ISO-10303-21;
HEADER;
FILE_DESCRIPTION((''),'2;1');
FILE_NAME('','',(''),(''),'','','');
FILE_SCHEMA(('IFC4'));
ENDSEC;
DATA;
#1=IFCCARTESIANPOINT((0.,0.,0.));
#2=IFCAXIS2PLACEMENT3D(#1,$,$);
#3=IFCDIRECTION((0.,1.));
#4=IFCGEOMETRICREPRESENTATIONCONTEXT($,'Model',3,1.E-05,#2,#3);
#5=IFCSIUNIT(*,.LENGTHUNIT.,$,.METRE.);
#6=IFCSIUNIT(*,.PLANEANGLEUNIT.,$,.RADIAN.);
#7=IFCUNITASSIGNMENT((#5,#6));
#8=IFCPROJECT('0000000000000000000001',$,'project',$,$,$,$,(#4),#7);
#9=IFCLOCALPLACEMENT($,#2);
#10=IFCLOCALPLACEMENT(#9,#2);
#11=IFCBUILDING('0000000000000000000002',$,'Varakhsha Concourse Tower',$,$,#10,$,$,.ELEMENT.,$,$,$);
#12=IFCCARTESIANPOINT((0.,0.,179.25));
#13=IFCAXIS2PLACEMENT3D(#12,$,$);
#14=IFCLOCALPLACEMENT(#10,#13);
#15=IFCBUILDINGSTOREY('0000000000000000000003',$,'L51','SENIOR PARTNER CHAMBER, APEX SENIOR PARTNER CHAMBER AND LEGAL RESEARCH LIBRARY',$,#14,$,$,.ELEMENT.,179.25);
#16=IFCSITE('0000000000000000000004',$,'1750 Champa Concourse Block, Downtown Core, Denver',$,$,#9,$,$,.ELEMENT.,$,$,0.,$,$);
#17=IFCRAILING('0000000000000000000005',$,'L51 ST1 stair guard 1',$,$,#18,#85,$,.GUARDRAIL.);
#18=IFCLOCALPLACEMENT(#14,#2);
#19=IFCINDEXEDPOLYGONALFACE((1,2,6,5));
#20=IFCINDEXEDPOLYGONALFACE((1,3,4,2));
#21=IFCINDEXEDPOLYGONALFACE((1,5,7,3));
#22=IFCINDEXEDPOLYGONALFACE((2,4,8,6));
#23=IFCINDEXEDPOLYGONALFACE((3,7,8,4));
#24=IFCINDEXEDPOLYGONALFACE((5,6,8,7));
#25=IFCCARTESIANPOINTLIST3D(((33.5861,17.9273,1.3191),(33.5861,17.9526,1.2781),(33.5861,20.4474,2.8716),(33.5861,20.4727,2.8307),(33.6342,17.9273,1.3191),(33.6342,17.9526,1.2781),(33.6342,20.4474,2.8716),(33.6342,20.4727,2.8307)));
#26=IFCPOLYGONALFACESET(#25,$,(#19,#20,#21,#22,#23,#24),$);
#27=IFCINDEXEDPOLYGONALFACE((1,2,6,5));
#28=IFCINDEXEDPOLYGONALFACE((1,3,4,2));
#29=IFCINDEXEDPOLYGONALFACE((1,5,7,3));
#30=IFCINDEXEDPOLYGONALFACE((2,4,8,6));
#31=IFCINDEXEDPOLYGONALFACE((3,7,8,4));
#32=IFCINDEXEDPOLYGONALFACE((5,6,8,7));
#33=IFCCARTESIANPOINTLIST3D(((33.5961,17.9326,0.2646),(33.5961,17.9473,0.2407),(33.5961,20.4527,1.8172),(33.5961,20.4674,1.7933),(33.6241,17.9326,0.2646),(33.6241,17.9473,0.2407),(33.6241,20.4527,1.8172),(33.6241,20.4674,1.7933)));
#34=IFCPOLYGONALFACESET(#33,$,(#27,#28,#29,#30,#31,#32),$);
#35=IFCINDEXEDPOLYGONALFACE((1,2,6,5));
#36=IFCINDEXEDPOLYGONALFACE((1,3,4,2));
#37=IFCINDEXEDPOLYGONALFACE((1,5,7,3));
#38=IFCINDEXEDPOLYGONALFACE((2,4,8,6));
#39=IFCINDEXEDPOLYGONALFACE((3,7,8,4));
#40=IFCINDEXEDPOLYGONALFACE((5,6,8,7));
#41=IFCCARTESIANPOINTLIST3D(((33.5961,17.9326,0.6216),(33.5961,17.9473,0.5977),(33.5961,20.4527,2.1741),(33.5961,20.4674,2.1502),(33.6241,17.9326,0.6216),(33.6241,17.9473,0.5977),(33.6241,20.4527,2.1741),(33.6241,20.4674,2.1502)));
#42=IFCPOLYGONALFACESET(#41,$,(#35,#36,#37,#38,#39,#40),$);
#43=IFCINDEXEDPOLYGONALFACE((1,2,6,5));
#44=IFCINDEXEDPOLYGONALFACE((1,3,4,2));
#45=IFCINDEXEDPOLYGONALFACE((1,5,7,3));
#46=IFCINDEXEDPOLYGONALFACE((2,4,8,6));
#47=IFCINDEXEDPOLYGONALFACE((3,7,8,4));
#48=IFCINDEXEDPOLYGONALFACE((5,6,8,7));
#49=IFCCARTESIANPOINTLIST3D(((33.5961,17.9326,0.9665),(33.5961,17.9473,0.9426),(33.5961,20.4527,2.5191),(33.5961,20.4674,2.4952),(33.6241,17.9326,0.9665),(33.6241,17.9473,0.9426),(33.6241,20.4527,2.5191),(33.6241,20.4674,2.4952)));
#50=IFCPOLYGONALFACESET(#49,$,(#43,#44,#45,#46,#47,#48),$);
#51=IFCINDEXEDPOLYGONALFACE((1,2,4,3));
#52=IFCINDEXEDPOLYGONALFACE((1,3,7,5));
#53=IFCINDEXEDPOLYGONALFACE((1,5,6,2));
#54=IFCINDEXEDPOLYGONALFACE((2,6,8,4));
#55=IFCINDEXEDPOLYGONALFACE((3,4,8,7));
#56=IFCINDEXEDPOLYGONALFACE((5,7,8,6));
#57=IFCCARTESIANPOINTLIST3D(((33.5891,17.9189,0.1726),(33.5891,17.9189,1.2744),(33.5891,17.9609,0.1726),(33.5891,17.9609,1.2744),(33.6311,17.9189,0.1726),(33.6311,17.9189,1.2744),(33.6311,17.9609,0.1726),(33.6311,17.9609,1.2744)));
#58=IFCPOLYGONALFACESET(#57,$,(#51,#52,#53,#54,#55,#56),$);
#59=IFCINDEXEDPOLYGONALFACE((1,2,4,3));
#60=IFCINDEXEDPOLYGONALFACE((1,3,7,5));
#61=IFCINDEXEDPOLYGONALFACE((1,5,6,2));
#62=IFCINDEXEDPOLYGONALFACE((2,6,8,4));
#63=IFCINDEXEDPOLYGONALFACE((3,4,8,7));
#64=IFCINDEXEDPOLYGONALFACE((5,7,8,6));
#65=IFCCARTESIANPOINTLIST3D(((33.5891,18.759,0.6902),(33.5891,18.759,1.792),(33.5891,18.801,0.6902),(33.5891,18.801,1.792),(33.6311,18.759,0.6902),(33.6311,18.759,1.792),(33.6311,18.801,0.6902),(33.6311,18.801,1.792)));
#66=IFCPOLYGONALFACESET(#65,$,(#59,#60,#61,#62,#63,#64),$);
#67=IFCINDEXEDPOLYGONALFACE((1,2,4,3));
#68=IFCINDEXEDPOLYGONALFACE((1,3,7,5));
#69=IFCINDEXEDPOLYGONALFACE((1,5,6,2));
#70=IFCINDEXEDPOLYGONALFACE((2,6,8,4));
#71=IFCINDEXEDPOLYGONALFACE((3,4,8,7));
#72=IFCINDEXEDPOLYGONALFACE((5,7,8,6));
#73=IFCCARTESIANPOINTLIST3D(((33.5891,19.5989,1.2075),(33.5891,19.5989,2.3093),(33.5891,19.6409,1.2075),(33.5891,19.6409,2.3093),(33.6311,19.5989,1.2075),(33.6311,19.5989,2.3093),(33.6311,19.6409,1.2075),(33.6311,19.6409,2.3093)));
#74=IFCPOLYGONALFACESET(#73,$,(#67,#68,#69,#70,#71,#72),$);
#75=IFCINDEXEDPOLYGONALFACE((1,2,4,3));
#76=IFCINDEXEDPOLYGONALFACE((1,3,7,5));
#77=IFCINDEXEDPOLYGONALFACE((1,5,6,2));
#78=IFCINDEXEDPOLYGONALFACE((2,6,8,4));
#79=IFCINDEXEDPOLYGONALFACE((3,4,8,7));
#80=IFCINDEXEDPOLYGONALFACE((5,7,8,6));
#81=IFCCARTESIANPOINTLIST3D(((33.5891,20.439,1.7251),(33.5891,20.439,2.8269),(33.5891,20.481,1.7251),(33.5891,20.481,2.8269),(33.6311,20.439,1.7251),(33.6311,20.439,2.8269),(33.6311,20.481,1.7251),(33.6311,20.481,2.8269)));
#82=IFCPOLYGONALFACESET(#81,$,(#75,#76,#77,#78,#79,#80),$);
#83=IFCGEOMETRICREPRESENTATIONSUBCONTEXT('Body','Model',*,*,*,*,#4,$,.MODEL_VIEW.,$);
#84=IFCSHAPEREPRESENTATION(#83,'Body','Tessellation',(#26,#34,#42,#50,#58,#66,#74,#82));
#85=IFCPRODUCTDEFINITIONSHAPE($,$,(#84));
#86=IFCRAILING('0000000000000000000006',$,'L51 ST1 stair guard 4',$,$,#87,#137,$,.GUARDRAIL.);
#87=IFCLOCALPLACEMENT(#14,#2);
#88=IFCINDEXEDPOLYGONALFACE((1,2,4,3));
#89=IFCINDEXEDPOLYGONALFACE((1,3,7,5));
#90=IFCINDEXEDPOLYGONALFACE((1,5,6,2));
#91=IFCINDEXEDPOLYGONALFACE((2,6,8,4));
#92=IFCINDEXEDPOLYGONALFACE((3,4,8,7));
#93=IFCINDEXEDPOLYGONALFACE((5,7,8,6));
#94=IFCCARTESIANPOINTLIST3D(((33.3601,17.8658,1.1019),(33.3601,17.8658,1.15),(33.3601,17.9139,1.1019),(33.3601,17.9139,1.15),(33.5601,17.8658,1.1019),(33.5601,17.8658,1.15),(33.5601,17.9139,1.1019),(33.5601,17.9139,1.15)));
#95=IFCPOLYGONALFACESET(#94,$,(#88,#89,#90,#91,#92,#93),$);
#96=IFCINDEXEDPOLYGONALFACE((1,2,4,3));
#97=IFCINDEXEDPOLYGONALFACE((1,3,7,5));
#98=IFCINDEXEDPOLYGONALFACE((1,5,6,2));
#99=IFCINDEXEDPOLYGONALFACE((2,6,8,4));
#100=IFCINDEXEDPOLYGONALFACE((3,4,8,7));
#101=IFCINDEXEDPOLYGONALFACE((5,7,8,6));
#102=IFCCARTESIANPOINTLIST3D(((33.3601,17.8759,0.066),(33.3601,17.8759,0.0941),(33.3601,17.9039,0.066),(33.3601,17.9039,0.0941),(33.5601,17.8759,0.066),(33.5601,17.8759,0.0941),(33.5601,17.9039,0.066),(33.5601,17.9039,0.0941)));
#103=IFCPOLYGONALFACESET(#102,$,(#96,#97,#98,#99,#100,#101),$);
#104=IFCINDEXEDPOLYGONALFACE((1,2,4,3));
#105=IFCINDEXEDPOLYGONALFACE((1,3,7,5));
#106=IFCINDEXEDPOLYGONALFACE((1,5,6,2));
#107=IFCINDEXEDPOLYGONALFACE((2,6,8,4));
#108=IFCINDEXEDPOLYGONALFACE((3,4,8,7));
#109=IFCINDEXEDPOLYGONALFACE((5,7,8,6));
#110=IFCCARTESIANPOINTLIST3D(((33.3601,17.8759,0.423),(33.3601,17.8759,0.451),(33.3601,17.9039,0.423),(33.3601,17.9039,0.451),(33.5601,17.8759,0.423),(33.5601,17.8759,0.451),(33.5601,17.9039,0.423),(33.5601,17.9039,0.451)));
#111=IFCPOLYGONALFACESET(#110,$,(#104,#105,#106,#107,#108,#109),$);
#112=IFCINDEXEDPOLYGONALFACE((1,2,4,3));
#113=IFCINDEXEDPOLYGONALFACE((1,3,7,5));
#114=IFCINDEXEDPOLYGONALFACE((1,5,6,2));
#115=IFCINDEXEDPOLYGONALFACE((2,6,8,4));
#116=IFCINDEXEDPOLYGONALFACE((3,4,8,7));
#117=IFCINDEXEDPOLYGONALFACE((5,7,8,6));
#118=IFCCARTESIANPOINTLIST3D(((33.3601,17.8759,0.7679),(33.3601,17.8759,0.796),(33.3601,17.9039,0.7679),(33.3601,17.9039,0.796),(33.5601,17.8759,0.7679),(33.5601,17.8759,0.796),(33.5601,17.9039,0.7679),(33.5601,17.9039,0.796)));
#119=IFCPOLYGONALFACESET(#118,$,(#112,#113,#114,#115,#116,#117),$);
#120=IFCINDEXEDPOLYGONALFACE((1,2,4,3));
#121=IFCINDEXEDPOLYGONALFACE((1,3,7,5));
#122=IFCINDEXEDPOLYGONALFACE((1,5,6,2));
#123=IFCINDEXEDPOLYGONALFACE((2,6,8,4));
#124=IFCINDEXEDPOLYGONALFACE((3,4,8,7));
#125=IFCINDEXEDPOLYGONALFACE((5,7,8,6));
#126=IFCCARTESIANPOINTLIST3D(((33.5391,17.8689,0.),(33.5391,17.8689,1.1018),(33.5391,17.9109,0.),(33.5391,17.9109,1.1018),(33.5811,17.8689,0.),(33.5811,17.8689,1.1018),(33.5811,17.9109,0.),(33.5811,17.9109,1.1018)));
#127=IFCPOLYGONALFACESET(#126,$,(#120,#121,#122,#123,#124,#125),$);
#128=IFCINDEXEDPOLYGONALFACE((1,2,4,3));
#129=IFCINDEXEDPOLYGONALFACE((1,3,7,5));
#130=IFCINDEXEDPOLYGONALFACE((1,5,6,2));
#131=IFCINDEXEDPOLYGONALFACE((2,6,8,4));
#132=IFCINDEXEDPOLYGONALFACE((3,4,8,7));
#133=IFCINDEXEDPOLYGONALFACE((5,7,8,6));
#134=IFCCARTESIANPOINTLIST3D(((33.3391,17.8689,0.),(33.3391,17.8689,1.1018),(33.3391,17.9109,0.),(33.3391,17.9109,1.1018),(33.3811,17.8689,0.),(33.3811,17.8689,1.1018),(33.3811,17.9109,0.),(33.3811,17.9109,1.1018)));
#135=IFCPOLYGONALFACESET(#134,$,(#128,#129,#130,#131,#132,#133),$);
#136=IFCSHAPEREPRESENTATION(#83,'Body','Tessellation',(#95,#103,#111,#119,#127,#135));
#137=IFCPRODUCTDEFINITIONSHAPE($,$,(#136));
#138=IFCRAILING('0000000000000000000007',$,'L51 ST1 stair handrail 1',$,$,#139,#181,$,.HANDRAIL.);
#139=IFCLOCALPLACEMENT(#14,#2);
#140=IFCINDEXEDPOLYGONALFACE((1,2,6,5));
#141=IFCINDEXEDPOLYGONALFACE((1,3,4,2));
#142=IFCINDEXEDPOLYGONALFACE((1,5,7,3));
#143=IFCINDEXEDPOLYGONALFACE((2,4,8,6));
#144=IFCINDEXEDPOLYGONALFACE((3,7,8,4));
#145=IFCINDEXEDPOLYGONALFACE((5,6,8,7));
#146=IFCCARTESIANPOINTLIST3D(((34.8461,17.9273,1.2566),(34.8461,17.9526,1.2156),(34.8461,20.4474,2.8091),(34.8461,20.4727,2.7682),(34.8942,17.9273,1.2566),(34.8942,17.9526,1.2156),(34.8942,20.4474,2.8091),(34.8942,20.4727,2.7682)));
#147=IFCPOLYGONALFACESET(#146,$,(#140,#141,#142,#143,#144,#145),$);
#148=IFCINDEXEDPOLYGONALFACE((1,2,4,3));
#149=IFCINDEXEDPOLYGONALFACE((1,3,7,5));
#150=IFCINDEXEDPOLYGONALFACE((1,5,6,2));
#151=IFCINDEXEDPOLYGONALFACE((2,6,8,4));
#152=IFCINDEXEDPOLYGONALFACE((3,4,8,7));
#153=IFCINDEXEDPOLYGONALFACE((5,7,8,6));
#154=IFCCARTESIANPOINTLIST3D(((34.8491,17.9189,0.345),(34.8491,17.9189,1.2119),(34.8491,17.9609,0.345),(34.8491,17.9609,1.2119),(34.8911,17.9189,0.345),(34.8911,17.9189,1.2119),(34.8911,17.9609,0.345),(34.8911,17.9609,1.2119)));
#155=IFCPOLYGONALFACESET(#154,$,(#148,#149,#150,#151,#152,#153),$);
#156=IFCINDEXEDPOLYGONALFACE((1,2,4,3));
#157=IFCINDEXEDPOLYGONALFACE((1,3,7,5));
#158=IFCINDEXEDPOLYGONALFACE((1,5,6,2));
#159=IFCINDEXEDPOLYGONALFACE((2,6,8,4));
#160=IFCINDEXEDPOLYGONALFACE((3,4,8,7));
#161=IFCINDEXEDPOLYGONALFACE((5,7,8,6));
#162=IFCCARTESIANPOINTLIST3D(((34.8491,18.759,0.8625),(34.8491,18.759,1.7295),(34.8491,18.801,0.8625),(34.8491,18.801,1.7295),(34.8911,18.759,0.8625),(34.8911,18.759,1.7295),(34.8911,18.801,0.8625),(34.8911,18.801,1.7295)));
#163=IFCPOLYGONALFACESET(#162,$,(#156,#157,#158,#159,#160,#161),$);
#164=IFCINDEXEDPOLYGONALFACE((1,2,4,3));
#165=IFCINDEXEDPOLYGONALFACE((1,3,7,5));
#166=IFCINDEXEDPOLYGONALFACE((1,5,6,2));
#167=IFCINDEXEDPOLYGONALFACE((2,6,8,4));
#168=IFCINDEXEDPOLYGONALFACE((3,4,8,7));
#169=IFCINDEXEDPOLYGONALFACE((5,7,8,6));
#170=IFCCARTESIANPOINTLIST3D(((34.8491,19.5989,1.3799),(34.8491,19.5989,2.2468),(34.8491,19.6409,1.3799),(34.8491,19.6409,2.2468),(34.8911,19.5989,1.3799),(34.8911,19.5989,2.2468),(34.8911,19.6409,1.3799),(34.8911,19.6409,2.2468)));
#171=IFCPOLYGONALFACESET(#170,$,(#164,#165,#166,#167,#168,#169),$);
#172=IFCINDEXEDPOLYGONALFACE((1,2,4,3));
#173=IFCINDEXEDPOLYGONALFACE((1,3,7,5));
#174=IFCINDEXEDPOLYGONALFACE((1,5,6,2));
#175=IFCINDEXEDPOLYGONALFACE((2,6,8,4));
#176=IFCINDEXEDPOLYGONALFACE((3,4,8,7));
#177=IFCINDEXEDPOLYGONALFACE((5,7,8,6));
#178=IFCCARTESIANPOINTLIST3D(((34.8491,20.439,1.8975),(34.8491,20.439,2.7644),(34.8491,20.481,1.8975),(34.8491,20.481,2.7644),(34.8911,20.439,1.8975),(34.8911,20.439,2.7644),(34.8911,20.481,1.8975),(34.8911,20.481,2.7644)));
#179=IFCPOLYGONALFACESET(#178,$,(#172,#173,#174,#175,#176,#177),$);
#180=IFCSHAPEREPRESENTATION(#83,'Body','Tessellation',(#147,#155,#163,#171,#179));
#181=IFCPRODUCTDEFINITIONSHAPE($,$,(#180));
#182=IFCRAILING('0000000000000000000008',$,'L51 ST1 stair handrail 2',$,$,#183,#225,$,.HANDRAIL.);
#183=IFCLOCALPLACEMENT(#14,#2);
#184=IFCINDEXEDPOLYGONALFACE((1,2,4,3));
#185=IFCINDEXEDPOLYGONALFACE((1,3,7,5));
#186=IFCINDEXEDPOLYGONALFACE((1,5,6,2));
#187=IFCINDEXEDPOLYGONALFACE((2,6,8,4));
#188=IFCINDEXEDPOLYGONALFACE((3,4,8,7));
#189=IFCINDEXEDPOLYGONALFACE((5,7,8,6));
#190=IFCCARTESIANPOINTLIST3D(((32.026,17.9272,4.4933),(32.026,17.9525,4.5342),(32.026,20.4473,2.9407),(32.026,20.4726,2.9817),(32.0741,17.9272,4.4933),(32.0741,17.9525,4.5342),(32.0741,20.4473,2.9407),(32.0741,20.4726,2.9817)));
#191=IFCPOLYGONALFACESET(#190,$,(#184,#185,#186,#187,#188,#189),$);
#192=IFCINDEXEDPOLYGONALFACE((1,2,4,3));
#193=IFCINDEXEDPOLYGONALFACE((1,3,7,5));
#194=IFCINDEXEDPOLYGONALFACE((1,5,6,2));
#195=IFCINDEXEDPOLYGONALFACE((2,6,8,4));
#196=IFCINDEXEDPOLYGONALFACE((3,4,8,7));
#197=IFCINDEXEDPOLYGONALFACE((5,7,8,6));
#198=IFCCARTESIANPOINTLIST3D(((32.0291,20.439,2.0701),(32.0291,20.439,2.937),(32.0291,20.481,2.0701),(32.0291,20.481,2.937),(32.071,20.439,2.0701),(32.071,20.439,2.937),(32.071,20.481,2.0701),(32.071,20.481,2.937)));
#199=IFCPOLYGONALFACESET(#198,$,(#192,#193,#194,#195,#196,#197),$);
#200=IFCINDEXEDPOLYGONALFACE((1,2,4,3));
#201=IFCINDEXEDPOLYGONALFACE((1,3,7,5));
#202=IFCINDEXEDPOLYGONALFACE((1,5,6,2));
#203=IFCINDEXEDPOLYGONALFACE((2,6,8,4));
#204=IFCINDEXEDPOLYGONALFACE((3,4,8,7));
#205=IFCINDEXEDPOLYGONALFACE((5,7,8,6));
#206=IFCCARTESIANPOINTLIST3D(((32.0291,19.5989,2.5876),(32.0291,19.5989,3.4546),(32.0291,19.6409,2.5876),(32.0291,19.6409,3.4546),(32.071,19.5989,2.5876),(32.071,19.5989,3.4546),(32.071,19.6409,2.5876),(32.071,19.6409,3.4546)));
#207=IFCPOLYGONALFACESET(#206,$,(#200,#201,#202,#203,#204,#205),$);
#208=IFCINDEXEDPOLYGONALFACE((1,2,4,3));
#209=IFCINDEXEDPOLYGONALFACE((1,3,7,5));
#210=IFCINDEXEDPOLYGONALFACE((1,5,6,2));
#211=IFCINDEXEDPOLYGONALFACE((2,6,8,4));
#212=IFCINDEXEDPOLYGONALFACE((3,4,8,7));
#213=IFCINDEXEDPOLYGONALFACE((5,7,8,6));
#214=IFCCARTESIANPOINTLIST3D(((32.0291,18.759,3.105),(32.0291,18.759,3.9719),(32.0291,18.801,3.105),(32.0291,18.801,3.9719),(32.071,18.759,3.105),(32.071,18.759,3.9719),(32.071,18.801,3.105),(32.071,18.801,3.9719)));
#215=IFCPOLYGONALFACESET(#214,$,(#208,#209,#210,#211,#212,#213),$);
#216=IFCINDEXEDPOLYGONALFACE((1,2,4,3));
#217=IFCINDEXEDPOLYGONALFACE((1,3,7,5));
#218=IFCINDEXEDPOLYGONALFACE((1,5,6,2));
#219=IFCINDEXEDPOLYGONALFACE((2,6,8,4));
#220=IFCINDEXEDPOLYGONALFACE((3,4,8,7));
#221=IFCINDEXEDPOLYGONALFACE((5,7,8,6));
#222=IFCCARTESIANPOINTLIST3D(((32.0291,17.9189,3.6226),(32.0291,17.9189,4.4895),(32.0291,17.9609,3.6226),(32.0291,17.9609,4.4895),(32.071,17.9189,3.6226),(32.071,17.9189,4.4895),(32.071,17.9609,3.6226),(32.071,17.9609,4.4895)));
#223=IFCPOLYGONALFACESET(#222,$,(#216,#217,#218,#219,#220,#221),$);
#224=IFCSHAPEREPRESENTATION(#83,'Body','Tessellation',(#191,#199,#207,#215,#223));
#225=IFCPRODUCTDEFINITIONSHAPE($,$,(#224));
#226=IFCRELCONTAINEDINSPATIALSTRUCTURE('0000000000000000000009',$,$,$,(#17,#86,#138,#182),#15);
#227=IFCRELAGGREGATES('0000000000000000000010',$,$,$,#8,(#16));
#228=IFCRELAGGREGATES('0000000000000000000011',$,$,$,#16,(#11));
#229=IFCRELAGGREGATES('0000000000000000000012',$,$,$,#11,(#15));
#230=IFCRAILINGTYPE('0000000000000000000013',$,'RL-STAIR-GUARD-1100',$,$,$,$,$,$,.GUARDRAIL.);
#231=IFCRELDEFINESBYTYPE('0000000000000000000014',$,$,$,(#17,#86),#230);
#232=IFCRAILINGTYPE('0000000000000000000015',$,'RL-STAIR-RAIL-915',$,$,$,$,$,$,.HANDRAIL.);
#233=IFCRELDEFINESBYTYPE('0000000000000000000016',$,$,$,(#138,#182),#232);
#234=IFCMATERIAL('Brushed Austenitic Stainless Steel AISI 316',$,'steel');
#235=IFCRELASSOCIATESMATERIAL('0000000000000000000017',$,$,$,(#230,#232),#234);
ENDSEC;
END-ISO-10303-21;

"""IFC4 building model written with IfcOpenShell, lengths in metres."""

from ifc_helpers import new_model, si_unit, direction, frame, origin, origin_2d, place, context, subcontext, project, spatial, rectangle, extrude, material, type_object, element, save


model = new_model("IFC4")

# Units and contexts
model_context = context("Model", 3, precision=1e-05, world=origin(), true_north=direction((0.0, 1.0)))
body_context = subcontext(model_context, "Body", "Model", "MODEL_VIEW")
ifc_project = project(units=[si_unit("LENGTHUNIT", "METRE"), si_unit("PLANEANGLEUNIT", "RADIAN")], contexts=[model_context])

# Site, building, storey
site_placement = place(None, origin())
site = spatial("IfcSite", under=ifc_project, at=site_placement, Name="1750 Champa Concourse Block, Downtown Core, Denver", CompositionType="ELEMENT", RefElevation=0.0)
building_placement = place(site_placement, origin())
building = spatial("IfcBuilding", under=site, at=building_placement, Name="Varakhsha Concourse Tower", CompositionType="ELEMENT")
storey_placement = place(building_placement, frame((0.0, 0.0, 179.25)))
storey = spatial("IfcBuildingStorey", under=building, at=storey_placement, Name="L51", Description="SENIOR PARTNER CHAMBER, APEX SENIOR PARTNER CHAMBER AND LEGAL RESEARCH LIBRARY", CompositionType="ELEMENT", Elevation=179.25)

# Railings
ifc_material_1 = material(Name="Brushed Austenitic Stainless Steel AISI 316", Category="steel")
railing_type_1 = type_object("IfcRailingType", Name="RL-STAIR-GUARD-1100", PredefinedType="GUARDRAIL", material=ifc_material_1)
railing_1_placement = place(storey_placement, frame((33.6101, 17.9399, 0.1726)))
element("IfcRailing", 1, at=railing_1_placement, inside=storey, type_object=railing_type_1, Name="L51 ST1 stair guard 1", PredefinedType="GUARDRAIL", context=body_context, shape_type="SweptSolid", body=[
    extrude(rectangle(XDim=0.0481, YDim=0.0481, at=origin_2d()), frame((0.0, 0.0, 1.126), z_axis=(0.0, 0.8514, 0.524516), x_axis=(-1.0, 0.0, 0.0)), (0.0, 0.0, 1.0), 2.96),
    extrude(rectangle(XDim=0.0281, YDim=0.0281, at=origin_2d()), frame((0.0, 0.0, 0.0801), z_axis=(0.0, 0.8514, 0.524516), x_axis=(-1.0, 0.0, 0.0)), (0.0, 0.0, 1.0), 2.96),
    extrude(rectangle(XDim=0.0281, YDim=0.0281, at=origin_2d()), frame((0.0, 0.0, 0.437), z_axis=(0.0, 0.8514, 0.524516), x_axis=(-1.0, 0.0, 0.0)), (0.0, 0.0, 1.0), 2.96),
    extrude(rectangle(XDim=0.0281, YDim=0.0281, at=origin_2d()), frame((0.0, 0.0, 0.782), z_axis=(0.0, 0.8514, 0.524516), x_axis=(-1.0, 0.0, 0.0)), (0.0, 0.0, 1.0), 2.96),
    extrude(rectangle(XDim=0.042, YDim=0.042, at=origin_2d()), origin(), (0.0, 0.0, 1.0), 1.1018),
    extrude(rectangle(XDim=0.042, YDim=0.042, at=origin_2d()), frame((0.0, 0.8401, 0.5176)), (0.0, 0.0, 1.0), 1.1018),
    extrude(rectangle(XDim=0.042, YDim=0.042, at=origin_2d()), frame((0.0, 1.6799, 1.0349)), (0.0, 0.0, 1.0), 1.1018),
    extrude(rectangle(XDim=0.042, YDim=0.042, at=origin_2d()), frame((0.0, 2.52, 1.5525)), (0.0, 0.0, 1.0), 1.1018),
])
railing_2_placement = place(storey_placement, frame((33.5601, 17.8899, 0.0)))
element("IfcRailing", 2, at=railing_2_placement, inside=storey, type_object=railing_type_1, Name="L51 ST1 stair guard 4", PredefinedType="GUARDRAIL", context=body_context, shape_type="SweptSolid", body=[
    extrude(rectangle(XDim=0.0481, YDim=0.0481, at=origin_2d()), frame((0.0, 0.0, 1.126), z_axis=(-1.0, 0.0, 0.0), x_axis=(0.0, -1.0, 0.0)), (0.0, 0.0, 1.0), 0.2),
    extrude(rectangle(XDim=0.0281, YDim=0.0281, at=origin_2d()), frame((0.0, 0.0, 0.0801), z_axis=(-1.0, 0.0, 0.0), x_axis=(0.0, -1.0, 0.0)), (0.0, 0.0, 1.0), 0.2),
    extrude(rectangle(XDim=0.0281, YDim=0.0281, at=origin_2d()), frame((0.0, 0.0, 0.437), z_axis=(-1.0, 0.0, 0.0), x_axis=(0.0, -1.0, 0.0)), (0.0, 0.0, 1.0), 0.2),
    extrude(rectangle(XDim=0.0281, YDim=0.0281, at=origin_2d()), frame((0.0, 0.0, 0.782), z_axis=(-1.0, 0.0, 0.0), x_axis=(0.0, -1.0, 0.0)), (0.0, 0.0, 1.0), 0.2),
    extrude(rectangle(XDim=0.042, YDim=0.042, at=origin_2d()), origin(), (0.0, 0.0, 1.0), 1.1018),
    extrude(rectangle(XDim=0.042, YDim=0.042, at=origin_2d()), frame((-0.2, 0.0, 0.0)), (0.0, 0.0, 1.0), 1.1018),
])
railing_type_2 = type_object("IfcRailingType", Name="RL-STAIR-RAIL-915", PredefinedType="HANDRAIL", material=ifc_material_1)
railing_3_placement = place(storey_placement, frame((34.8701, 17.9399, 0.345)))
element("IfcRailing", 3, at=railing_3_placement, inside=storey, type_object=railing_type_2, Name="L51 ST1 stair handrail 1", PredefinedType="HANDRAIL", context=body_context, shape_type="SweptSolid", body=[
    extrude(rectangle(XDim=0.0481, YDim=0.0481, at=origin_2d()), frame((0.0, 0.0, 0.8911), z_axis=(0.0, 0.8514, 0.524516), x_axis=(-1.0, 0.0, 0.0)), (0.0, 0.0, 1.0), 2.96),
    extrude(rectangle(XDim=0.042, YDim=0.042, at=origin_2d()), origin(), (0.0, 0.0, 1.0), 0.8669),
    extrude(rectangle(XDim=0.042, YDim=0.042, at=origin_2d()), frame((0.0, 0.8401, 0.5176)), (0.0, 0.0, 1.0), 0.8669),
    extrude(rectangle(XDim=0.042, YDim=0.042, at=origin_2d()), frame((0.0, 1.6799, 1.0349)), (0.0, 0.0, 1.0), 0.8669),
    extrude(rectangle(XDim=0.042, YDim=0.042, at=origin_2d()), frame((0.0, 2.52, 1.5525)), (0.0, 0.0, 1.0), 0.8669),
])
railing_4_placement = place(storey_placement, frame((32.05, 20.46, 2.0701)))
element("IfcRailing", 4, at=railing_4_placement, inside=storey, type_object=railing_type_2, Name="L51 ST1 stair handrail 2", PredefinedType="HANDRAIL", context=body_context, shape_type="SweptSolid", body=[
    extrude(rectangle(XDim=0.0481, YDim=0.0481, at=origin_2d()), frame((0.0, 0.0, 0.8911), z_axis=(0.0, -0.8514, 0.524516), x_axis=(1.0, 0.0, 0.0)), (0.0, 0.0, 1.0), 2.96),
    extrude(rectangle(XDim=0.042, YDim=0.042, at=origin_2d()), origin(), (0.0, 0.0, 1.0), 0.8669),
    extrude(rectangle(XDim=0.042, YDim=0.042, at=origin_2d()), frame((0.0, -0.8401, 0.5176)), (0.0, 0.0, 1.0), 0.8669),
    extrude(rectangle(XDim=0.042, YDim=0.042, at=origin_2d()), frame((0.0, -1.6799, 1.0349)), (0.0, 0.0, 1.0), 0.8669),
    extrude(rectangle(XDim=0.042, YDim=0.042, at=origin_2d()), frame((0.0, -2.52, 1.5525)), (0.0, 0.0, 1.0), 0.8669),
])

save(model, "model.ifc")
